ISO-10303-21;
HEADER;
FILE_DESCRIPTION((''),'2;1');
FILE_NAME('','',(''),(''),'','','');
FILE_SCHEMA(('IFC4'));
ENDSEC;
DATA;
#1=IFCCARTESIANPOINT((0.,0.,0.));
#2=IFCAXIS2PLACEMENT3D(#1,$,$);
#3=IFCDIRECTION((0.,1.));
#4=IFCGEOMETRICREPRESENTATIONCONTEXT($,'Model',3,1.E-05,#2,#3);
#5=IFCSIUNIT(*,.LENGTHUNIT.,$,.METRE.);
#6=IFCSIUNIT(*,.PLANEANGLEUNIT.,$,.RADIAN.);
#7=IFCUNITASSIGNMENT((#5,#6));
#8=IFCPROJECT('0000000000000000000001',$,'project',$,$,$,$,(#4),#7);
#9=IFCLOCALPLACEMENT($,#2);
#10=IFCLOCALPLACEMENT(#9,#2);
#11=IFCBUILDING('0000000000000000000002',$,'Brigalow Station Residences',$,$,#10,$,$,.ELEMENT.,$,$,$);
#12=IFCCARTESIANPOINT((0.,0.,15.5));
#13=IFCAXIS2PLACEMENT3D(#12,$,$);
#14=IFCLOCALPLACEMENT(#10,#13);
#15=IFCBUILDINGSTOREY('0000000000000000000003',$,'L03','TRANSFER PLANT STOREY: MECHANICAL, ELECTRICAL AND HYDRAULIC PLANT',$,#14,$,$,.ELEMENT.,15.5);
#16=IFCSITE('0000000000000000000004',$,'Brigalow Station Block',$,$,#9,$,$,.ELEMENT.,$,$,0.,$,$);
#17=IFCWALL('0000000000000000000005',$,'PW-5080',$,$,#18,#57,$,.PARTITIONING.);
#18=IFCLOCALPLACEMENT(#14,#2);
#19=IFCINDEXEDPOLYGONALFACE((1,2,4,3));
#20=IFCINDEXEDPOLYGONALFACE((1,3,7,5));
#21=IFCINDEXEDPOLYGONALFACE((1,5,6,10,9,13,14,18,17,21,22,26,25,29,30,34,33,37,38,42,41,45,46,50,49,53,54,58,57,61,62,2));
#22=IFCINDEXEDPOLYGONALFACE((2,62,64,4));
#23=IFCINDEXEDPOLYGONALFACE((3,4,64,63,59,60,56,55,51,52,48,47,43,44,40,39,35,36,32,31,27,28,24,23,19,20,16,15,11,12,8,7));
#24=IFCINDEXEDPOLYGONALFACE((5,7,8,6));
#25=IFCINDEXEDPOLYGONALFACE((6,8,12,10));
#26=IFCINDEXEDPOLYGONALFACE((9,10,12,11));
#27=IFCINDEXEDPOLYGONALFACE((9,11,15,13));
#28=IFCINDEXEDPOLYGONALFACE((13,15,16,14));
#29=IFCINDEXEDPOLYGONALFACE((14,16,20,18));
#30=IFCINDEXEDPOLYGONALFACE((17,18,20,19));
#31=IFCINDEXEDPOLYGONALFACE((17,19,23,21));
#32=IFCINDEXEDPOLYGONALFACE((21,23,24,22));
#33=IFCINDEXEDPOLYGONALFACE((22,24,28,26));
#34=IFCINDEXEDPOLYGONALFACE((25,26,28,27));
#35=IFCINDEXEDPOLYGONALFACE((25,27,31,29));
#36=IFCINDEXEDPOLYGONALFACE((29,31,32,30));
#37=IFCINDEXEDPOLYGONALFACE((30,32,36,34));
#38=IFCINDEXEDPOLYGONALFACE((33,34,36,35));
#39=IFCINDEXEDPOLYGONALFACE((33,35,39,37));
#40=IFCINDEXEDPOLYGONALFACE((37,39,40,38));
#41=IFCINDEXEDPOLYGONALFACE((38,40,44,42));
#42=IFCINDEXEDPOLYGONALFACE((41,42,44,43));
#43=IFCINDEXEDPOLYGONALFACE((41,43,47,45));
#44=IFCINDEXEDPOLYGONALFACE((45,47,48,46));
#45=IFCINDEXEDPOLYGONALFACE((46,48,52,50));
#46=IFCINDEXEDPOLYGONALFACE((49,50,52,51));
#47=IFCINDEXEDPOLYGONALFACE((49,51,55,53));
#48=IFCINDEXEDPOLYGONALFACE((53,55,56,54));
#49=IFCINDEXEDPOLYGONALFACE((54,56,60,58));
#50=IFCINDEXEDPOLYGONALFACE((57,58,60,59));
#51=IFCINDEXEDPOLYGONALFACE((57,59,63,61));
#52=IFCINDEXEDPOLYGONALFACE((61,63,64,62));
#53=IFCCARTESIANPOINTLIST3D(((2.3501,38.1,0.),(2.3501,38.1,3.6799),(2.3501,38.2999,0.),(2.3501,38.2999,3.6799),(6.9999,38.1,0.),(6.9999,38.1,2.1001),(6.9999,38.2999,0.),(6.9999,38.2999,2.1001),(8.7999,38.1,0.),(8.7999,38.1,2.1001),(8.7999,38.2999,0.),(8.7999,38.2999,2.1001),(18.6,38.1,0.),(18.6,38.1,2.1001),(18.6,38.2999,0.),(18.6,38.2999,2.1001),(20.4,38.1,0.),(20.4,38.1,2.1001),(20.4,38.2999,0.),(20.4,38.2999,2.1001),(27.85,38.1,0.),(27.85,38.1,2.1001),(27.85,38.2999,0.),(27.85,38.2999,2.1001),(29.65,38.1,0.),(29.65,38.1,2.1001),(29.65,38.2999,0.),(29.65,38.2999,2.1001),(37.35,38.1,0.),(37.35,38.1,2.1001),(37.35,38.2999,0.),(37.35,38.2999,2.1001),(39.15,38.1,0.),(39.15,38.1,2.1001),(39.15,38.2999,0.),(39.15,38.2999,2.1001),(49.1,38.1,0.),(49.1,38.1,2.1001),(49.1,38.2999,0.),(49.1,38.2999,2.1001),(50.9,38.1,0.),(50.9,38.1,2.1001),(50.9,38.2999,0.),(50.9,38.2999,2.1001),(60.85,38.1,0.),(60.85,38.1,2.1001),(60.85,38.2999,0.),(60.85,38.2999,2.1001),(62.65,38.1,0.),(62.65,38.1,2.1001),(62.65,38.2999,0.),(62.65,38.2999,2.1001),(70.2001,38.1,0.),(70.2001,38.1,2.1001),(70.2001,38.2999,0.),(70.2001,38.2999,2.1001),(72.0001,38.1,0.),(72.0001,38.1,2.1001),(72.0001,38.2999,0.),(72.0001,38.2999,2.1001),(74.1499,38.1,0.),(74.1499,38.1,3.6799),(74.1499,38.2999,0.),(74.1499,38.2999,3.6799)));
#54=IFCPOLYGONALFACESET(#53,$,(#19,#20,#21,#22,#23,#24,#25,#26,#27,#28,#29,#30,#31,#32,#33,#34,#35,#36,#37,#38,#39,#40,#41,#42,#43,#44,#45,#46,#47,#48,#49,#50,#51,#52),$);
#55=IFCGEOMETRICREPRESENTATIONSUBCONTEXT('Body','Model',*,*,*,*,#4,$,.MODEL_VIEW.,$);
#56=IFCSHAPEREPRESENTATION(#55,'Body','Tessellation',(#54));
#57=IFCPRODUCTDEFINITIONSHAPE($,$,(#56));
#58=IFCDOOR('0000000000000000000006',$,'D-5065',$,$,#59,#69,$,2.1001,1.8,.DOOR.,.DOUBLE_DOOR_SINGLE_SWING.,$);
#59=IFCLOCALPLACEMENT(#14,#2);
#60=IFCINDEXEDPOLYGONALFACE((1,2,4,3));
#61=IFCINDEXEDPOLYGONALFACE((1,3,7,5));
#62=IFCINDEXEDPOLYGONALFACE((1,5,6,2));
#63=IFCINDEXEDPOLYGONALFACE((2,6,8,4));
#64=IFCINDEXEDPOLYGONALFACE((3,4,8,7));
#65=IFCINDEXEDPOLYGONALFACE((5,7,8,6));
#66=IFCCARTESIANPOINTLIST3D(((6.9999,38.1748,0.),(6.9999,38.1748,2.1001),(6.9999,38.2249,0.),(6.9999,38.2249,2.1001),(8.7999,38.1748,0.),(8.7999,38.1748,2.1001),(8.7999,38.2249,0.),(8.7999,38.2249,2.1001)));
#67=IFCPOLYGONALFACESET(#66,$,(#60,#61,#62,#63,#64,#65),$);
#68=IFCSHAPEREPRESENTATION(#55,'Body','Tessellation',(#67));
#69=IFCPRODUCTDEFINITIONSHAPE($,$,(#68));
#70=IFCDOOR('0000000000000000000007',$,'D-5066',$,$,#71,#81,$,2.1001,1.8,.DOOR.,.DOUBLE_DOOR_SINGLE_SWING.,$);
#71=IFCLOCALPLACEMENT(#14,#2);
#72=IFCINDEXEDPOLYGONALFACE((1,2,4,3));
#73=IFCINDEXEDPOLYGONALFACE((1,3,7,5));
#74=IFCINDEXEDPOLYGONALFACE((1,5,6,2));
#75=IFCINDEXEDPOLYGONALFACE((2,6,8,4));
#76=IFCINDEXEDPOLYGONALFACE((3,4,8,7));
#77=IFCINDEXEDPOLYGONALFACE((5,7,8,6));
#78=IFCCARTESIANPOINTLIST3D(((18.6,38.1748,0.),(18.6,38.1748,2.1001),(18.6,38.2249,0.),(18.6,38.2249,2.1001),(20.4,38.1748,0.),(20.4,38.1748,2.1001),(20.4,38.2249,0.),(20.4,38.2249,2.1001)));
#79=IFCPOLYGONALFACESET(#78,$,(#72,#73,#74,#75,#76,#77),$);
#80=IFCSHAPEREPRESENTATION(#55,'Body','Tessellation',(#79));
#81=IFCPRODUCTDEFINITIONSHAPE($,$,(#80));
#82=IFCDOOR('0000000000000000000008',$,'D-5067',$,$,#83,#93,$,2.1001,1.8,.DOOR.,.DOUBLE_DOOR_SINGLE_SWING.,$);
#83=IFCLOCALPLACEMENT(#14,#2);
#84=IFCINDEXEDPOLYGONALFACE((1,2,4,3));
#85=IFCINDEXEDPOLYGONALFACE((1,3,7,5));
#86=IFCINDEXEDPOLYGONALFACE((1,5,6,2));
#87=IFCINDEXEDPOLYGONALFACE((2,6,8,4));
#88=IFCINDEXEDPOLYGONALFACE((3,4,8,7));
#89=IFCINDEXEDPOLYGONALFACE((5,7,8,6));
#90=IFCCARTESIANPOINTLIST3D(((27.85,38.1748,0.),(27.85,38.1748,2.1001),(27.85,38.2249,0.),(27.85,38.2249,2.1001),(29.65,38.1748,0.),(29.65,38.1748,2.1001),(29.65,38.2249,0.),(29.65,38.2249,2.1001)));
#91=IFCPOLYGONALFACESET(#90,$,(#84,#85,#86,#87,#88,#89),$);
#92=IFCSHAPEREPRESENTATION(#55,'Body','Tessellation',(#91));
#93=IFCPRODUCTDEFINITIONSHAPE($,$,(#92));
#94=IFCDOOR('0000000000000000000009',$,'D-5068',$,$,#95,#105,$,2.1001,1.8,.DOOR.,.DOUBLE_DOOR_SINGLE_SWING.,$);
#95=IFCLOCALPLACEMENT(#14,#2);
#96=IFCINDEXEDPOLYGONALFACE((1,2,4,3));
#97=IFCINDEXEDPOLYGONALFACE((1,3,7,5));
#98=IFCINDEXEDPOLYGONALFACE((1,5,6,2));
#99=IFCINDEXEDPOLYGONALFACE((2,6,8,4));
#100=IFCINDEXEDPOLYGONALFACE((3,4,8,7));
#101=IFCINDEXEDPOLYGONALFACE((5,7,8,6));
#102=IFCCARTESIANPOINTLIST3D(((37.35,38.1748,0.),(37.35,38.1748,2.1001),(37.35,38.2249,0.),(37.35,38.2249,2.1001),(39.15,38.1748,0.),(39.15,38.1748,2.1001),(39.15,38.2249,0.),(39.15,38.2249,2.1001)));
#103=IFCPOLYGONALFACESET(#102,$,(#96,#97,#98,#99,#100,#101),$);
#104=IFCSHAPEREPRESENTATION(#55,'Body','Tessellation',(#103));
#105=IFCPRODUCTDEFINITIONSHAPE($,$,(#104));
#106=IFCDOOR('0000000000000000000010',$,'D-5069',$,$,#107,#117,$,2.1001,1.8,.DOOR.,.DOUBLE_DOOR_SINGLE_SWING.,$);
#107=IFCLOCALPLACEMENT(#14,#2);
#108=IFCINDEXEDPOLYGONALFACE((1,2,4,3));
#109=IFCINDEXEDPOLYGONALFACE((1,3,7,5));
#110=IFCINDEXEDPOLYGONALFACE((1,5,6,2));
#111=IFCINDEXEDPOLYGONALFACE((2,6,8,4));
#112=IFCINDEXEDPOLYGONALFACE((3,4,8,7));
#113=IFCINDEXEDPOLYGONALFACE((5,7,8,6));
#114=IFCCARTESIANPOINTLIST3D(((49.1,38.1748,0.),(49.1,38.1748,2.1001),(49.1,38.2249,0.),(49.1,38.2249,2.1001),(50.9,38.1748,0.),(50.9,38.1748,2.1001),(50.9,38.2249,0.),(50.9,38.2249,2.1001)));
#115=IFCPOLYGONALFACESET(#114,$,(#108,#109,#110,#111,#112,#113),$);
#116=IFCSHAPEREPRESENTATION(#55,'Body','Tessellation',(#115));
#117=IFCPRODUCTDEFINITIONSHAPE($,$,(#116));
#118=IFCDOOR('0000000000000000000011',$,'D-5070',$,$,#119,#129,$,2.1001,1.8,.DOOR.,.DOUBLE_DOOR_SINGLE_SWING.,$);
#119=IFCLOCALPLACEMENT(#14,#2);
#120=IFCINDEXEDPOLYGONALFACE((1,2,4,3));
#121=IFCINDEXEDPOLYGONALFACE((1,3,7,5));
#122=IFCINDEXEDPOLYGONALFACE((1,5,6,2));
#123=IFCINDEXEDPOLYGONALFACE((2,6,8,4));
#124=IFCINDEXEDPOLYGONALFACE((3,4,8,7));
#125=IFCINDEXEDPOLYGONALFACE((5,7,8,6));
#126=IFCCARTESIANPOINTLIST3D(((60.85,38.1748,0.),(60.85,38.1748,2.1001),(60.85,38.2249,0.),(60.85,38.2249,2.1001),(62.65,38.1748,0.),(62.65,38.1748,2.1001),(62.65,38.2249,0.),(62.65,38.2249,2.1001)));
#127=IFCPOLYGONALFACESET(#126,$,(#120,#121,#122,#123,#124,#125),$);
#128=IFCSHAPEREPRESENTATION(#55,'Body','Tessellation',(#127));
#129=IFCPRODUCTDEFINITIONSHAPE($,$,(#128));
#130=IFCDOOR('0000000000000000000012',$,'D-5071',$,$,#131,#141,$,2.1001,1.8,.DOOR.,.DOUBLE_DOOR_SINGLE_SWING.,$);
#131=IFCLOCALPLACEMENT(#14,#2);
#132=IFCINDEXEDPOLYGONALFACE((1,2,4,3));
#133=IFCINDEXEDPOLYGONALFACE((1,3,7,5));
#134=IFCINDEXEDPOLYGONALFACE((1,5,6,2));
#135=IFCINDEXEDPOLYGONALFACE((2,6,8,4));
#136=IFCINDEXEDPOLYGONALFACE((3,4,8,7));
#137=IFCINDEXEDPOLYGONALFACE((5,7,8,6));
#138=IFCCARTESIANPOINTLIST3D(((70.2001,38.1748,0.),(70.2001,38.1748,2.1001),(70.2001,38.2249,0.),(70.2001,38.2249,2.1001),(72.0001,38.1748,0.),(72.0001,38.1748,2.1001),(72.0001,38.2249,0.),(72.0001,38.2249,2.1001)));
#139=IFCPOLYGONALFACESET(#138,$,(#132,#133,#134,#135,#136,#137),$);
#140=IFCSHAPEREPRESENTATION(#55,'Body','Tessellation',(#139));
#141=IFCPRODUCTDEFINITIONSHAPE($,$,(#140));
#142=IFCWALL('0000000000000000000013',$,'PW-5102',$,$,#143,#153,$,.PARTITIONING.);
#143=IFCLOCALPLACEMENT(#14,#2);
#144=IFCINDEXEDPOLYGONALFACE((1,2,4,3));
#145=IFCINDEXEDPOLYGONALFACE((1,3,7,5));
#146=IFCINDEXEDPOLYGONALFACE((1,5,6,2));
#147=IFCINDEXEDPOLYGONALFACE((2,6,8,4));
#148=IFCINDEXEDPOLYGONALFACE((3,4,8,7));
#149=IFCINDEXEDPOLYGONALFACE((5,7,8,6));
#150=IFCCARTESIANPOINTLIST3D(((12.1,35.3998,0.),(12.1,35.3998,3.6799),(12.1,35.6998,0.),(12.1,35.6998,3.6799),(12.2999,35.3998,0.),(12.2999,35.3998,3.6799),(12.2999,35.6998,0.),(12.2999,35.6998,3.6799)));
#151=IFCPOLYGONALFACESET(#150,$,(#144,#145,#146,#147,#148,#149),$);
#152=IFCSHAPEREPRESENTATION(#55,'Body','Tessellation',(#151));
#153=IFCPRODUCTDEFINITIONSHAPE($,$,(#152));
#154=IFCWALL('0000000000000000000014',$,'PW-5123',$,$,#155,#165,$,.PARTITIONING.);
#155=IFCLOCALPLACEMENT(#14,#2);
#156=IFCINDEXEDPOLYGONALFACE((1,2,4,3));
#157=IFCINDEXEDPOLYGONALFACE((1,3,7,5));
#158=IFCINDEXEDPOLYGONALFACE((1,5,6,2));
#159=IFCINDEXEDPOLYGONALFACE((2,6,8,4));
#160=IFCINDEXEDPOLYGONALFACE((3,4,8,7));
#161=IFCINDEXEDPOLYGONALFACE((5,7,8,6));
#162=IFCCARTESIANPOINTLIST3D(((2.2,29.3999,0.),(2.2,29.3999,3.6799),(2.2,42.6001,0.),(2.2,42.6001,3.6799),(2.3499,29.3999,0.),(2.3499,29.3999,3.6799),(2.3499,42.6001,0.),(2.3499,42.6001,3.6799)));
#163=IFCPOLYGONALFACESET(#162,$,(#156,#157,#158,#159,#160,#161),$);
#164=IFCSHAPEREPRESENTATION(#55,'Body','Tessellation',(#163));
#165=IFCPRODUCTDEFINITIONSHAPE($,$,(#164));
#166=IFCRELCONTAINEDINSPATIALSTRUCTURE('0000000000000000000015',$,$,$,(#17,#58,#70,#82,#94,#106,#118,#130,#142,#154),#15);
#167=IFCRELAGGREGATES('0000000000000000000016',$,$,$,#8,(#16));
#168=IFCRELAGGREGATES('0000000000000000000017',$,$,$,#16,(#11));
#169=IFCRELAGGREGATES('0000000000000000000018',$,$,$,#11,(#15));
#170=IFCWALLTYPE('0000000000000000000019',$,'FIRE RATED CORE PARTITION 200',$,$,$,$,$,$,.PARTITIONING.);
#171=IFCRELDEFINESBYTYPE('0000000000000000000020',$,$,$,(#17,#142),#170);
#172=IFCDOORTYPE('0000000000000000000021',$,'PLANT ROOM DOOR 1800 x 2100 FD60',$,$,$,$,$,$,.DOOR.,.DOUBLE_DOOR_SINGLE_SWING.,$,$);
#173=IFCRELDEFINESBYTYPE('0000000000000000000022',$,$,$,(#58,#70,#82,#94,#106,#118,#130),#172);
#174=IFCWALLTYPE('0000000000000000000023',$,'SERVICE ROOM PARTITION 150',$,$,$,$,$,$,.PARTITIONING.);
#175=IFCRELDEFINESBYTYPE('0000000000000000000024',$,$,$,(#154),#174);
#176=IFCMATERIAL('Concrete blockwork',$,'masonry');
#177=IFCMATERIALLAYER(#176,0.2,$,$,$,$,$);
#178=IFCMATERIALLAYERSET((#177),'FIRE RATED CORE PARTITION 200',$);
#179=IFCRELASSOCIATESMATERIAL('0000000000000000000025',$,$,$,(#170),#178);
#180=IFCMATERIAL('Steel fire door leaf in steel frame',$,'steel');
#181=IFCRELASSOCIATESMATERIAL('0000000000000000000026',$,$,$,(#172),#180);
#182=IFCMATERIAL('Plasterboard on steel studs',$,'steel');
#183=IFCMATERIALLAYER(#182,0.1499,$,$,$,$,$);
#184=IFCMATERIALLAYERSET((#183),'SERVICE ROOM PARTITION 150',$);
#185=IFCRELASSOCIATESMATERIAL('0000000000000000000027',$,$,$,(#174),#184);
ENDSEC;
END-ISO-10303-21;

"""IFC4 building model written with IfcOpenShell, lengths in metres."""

from ifc_helpers import new_model, si_unit, direction, frame, frame_2d, origin, place, context, subcontext, project, spatial, rectangle, extrude, material, layer, layer_set, type_object, element, fill, save


model = new_model("IFC4")

# Units and contexts
model_context = context("Model", 3, precision=1e-05, world=origin(), true_north=direction((0.0, 1.0)))
body_context = subcontext(model_context, "Body", "Model", "MODEL_VIEW")
ifc_project = project(units=[si_unit("LENGTHUNIT", "METRE"), si_unit("PLANEANGLEUNIT", "RADIAN")], contexts=[model_context])

# Site, building, storey
site_placement = place(None, origin())
site = spatial("IfcSite", under=ifc_project, at=site_placement, Name="Brigalow Station Block", CompositionType="ELEMENT", RefElevation=0.0)
building_placement = place(site_placement, origin())
building = spatial("IfcBuilding", under=site, at=building_placement, Name="Brigalow Station Residences", CompositionType="ELEMENT")
storey_placement = place(building_placement, frame((0.0, 0.0, 15.5)))
storey = spatial("IfcBuildingStorey", under=building, at=storey_placement, Name="L03", Description="TRANSFER PLANT STOREY: MECHANICAL, ELECTRICAL AND HYDRAULIC PLANT", CompositionType="ELEMENT", Elevation=15.5)

# Shared definitions
ifc_material_1 = material(Name="Concrete blockwork", Category="masonry")
ifc_layer_1 = layer(ifc_material_1, 0.2)
ifc_layer_set_1 = layer_set([ifc_layer_1], Name="FIRE RATED CORE PARTITION 200")
wall_type_1 = type_object("IfcWallType", Name="FIRE RATED CORE PARTITION 200", PredefinedType="PARTITIONING", material=ifc_layer_set_1)

# Wall, openings, doors
wall_1_placement = place(storey_placement, frame((2.3501, 38.2, 0.0), z_axis=(0.0, 0.0, 1.0), x_axis=(1.0, 0.0, 0.0)))
wall_1 = element("IfcWall", 1, at=wall_1_placement, inside=storey, type_object=wall_type_1, Name="PW-5080", PredefinedType="PARTITIONING", context=body_context, shape_type="SweptSolid", body=[
    extrude(rectangle(XDim=71.7998, YDim=0.2, at=frame_2d((35.8999, 0.0))), origin(), (0.0, 0.0, 1.0), 3.6799),
])
opening_1_placement = place(wall_1_placement, frame((4.6499, 0.0, 0.0)))
opening_1 = element("IfcOpeningElement", 2, at=opening_1_placement, cuts=wall_1, PredefinedType="OPENING", context=body_context, shape_type="SweptSolid", body=[
    extrude(rectangle(XDim=1.8, YDim=2.1001, at=frame_2d((0.8999, 1.05))), frame((0.0, 0.1099, 0.0), z_axis=(0.0, -1.0, 0.0), x_axis=(1.0, 0.0, 0.0)), (0.0, 0.0, 1.0), 0.22),
])
opening_2_placement = place(wall_1_placement, frame((16.25, 0.0, 0.0)))
opening_2 = element("IfcOpeningElement", 3, at=opening_2_placement, cuts=wall_1, PredefinedType="OPENING", context=body_context, shape_type="SweptSolid", body=[
    extrude(rectangle(XDim=1.8, YDim=2.1001, at=frame_2d((0.8999, 1.05))), frame((0.0, 0.1099, 0.0), z_axis=(0.0, -1.0, 0.0), x_axis=(1.0, 0.0, 0.0)), (0.0, 0.0, 1.0), 0.22),
])
opening_3_placement = place(wall_1_placement, frame((25.5, 0.0, 0.0)))
opening_3 = element("IfcOpeningElement", 4, at=opening_3_placement, cuts=wall_1, PredefinedType="OPENING", context=body_context, shape_type="SweptSolid", body=[
    extrude(rectangle(XDim=1.8, YDim=2.1001, at=frame_2d((0.8999, 1.05))), frame((0.0, 0.1099, 0.0), z_axis=(0.0, -1.0, 0.0), x_axis=(1.0, 0.0, 0.0)), (0.0, 0.0, 1.0), 0.22),
])
opening_4_placement = place(wall_1_placement, frame((35.0, 0.0, 0.0)))
opening_4 = element("IfcOpeningElement", 5, at=opening_4_placement, cuts=wall_1, PredefinedType="OPENING", context=body_context, shape_type="SweptSolid", body=[
    extrude(rectangle(XDim=1.8, YDim=2.1001, at=frame_2d((0.8999, 1.05))), frame((0.0, 0.1099, 0.0), z_axis=(0.0, -1.0, 0.0), x_axis=(1.0, 0.0, 0.0)), (0.0, 0.0, 1.0), 0.22),
])
opening_5_placement = place(wall_1_placement, frame((46.75, 0.0, 0.0)))
opening_5 = element("IfcOpeningElement", 6, at=opening_5_placement, cuts=wall_1, PredefinedType="OPENING", context=body_context, shape_type="SweptSolid", body=[
    extrude(rectangle(XDim=1.8, YDim=2.1001, at=frame_2d((0.8999, 1.05))), frame((0.0, 0.1099, 0.0), z_axis=(0.0, -1.0, 0.0), x_axis=(1.0, 0.0, 0.0)), (0.0, 0.0, 1.0), 0.22),
])
opening_6_placement = place(wall_1_placement, frame((58.5, 0.0, 0.0)))
opening_6 = element("IfcOpeningElement", 7, at=opening_6_placement, cuts=wall_1, PredefinedType="OPENING", context=body_context, shape_type="SweptSolid", body=[
    extrude(rectangle(XDim=1.8, YDim=2.1001, at=frame_2d((0.8999, 1.05))), frame((0.0, 0.1099, 0.0), z_axis=(0.0, -1.0, 0.0), x_axis=(1.0, 0.0, 0.0)), (0.0, 0.0, 1.0), 0.22),
])
opening_7_placement = place(wall_1_placement, frame((67.8501, 0.0, 0.0)))
opening_7 = element("IfcOpeningElement", 8, at=opening_7_placement, cuts=wall_1, PredefinedType="OPENING", context=body_context, shape_type="SweptSolid", body=[
    extrude(rectangle(XDim=1.8, YDim=2.1001, at=frame_2d((0.8999, 1.05))), frame((0.0, 0.1099, 0.0), z_axis=(0.0, -1.0, 0.0), x_axis=(1.0, 0.0, 0.0)), (0.0, 0.0, 1.0), 0.22),
])
ifc_material_2 = material(Name="Steel fire door leaf in steel frame", Category="steel")
door_type = type_object("IfcDoorType", Name="PLANT ROOM DOOR 1800 x 2100 FD60", OperationType="DOUBLE_DOOR_SINGLE_SWING", PredefinedType="DOOR", material=ifc_material_2)
door_1_placement = place(opening_1_placement, origin())
door_1 = element("IfcDoor", 9, at=door_1_placement, inside=storey, type_object=door_type, Name="D-5065", OperationType="DOUBLE_DOOR_SINGLE_SWING", OverallHeight=2.1001, OverallWidth=1.8, PredefinedType="DOOR", context=body_context, shape_type="SweptSolid", body=[
    extrude(rectangle(XDim=1.8, YDim=2.1001, at=frame_2d((0.8999, 1.05))), frame((0.0, 0.0249, 0.0), z_axis=(0.0, -1.0, 0.0), x_axis=(1.0, 0.0, 0.0)), (0.0, 0.0, 1.0), 0.05),
])
fill(opening_1, door_1)
door_2_placement = place(opening_2_placement, origin())
door_2 = element("IfcDoor", 10, at=door_2_placement, inside=storey, type_object=door_type, Name="D-5066", OperationType="DOUBLE_DOOR_SINGLE_SWING", OverallHeight=2.1001, OverallWidth=1.8, PredefinedType="DOOR", context=body_context, shape_type="SweptSolid", body=[
    extrude(rectangle(XDim=1.8, YDim=2.1001, at=frame_2d((0.8999, 1.05))), frame((0.0, 0.0249, 0.0), z_axis=(0.0, -1.0, 0.0), x_axis=(1.0, 0.0, 0.0)), (0.0, 0.0, 1.0), 0.05),
])
fill(opening_2, door_2)
door_3_placement = place(opening_3_placement, origin())
door_3 = element("IfcDoor", 11, at=door_3_placement, inside=storey, type_object=door_type, Name="D-5067", OperationType="DOUBLE_DOOR_SINGLE_SWING", OverallHeight=2.1001, OverallWidth=1.8, PredefinedType="DOOR", context=body_context, shape_type="SweptSolid", body=[
    extrude(rectangle(XDim=1.8, YDim=2.1001, at=frame_2d((0.8999, 1.05))), frame((0.0, 0.0249, 0.0), z_axis=(0.0, -1.0, 0.0), x_axis=(1.0, 0.0, 0.0)), (0.0, 0.0, 1.0), 0.05),
])
fill(opening_3, door_3)
door_4_placement = place(opening_4_placement, origin())
door_4 = element("IfcDoor", 12, at=door_4_placement, inside=storey, type_object=door_type, Name="D-5068", OperationType="DOUBLE_DOOR_SINGLE_SWING", OverallHeight=2.1001, OverallWidth=1.8, PredefinedType="DOOR", context=body_context, shape_type="SweptSolid", body=[
    extrude(rectangle(XDim=1.8, YDim=2.1001, at=frame_2d((0.8999, 1.05))), frame((0.0, 0.0249, 0.0), z_axis=(0.0, -1.0, 0.0), x_axis=(1.0, 0.0, 0.0)), (0.0, 0.0, 1.0), 0.05),
])
fill(opening_4, door_4)
door_5_placement = place(opening_5_placement, origin())
door_5 = element("IfcDoor", 13, at=door_5_placement, inside=storey, type_object=door_type, Name="D-5069", OperationType="DOUBLE_DOOR_SINGLE_SWING", OverallHeight=2.1001, OverallWidth=1.8, PredefinedType="DOOR", context=body_context, shape_type="SweptSolid", body=[
    extrude(rectangle(XDim=1.8, YDim=2.1001, at=frame_2d((0.8999, 1.05))), frame((0.0, 0.0249, 0.0), z_axis=(0.0, -1.0, 0.0), x_axis=(1.0, 0.0, 0.0)), (0.0, 0.0, 1.0), 0.05),
])
fill(opening_5, door_5)
door_6_placement = place(opening_6_placement, origin())
door_6 = element("IfcDoor", 14, at=door_6_placement, inside=storey, type_object=door_type, Name="D-5070", OperationType="DOUBLE_DOOR_SINGLE_SWING", OverallHeight=2.1001, OverallWidth=1.8, PredefinedType="DOOR", context=body_context, shape_type="SweptSolid", body=[
    extrude(rectangle(XDim=1.8, YDim=2.1001, at=frame_2d((0.8999, 1.05))), frame((0.0, 0.0249, 0.0), z_axis=(0.0, -1.0, 0.0), x_axis=(1.0, 0.0, 0.0)), (0.0, 0.0, 1.0), 0.05),
])
fill(opening_6, door_6)
door_7_placement = place(opening_7_placement, origin())
door_7 = element("IfcDoor", 15, at=door_7_placement, inside=storey, type_object=door_type, Name="D-5071", OperationType="DOUBLE_DOOR_SINGLE_SWING", OverallHeight=2.1001, OverallWidth=1.8, PredefinedType="DOOR", context=body_context, shape_type="SweptSolid", body=[
    extrude(rectangle(XDim=1.8, YDim=2.1001, at=frame_2d((0.8999, 1.05))), frame((0.0, 0.0249, 0.0), z_axis=(0.0, -1.0, 0.0), x_axis=(1.0, 0.0, 0.0)), (0.0, 0.0, 1.0), 0.05),
])
fill(opening_7, door_7)

# Walls
wall_2_placement = place(storey_placement, frame((12.2, 35.3999, 0.0), z_axis=(0.0, 0.0, 1.0), x_axis=(0.0, 1.0, 0.0)))
element("IfcWall", 16, at=wall_2_placement, inside=storey, type_object=wall_type_1, Name="PW-5102", PredefinedType="PARTITIONING", context=body_context, shape_type="SweptSolid", body=[
    extrude(rectangle(XDim=0.3, YDim=0.2, at=frame_2d((0.1499, 0.0))), origin(), (0.0, 0.0, 1.0), 3.6799),
])
ifc_material_3 = material(Name="Plasterboard on steel studs", Category="steel")
ifc_layer_2 = layer(ifc_material_3, 0.1499)
ifc_layer_set_2 = layer_set([ifc_layer_2], Name="SERVICE ROOM PARTITION 150")
wall_type_2 = type_object("IfcWallType", Name="SERVICE ROOM PARTITION 150", PredefinedType="PARTITIONING", material=ifc_layer_set_2)
wall_3_placement = place(storey_placement, frame((2.2749, 29.3999, 0.0), z_axis=(0.0, 0.0, 1.0), x_axis=(0.0, 1.0, 0.0)))
element("IfcWall", 17, at=wall_3_placement, inside=storey, type_object=wall_type_2, Name="PW-5123", PredefinedType="PARTITIONING", context=body_context, shape_type="SweptSolid", body=[
    extrude(rectangle(XDim=13.2002, YDim=0.1499, at=frame_2d((6.6001, 0.0))), origin(), (0.0, 0.0, 1.0), 3.6799),
])

save(model, "model.ifc")
